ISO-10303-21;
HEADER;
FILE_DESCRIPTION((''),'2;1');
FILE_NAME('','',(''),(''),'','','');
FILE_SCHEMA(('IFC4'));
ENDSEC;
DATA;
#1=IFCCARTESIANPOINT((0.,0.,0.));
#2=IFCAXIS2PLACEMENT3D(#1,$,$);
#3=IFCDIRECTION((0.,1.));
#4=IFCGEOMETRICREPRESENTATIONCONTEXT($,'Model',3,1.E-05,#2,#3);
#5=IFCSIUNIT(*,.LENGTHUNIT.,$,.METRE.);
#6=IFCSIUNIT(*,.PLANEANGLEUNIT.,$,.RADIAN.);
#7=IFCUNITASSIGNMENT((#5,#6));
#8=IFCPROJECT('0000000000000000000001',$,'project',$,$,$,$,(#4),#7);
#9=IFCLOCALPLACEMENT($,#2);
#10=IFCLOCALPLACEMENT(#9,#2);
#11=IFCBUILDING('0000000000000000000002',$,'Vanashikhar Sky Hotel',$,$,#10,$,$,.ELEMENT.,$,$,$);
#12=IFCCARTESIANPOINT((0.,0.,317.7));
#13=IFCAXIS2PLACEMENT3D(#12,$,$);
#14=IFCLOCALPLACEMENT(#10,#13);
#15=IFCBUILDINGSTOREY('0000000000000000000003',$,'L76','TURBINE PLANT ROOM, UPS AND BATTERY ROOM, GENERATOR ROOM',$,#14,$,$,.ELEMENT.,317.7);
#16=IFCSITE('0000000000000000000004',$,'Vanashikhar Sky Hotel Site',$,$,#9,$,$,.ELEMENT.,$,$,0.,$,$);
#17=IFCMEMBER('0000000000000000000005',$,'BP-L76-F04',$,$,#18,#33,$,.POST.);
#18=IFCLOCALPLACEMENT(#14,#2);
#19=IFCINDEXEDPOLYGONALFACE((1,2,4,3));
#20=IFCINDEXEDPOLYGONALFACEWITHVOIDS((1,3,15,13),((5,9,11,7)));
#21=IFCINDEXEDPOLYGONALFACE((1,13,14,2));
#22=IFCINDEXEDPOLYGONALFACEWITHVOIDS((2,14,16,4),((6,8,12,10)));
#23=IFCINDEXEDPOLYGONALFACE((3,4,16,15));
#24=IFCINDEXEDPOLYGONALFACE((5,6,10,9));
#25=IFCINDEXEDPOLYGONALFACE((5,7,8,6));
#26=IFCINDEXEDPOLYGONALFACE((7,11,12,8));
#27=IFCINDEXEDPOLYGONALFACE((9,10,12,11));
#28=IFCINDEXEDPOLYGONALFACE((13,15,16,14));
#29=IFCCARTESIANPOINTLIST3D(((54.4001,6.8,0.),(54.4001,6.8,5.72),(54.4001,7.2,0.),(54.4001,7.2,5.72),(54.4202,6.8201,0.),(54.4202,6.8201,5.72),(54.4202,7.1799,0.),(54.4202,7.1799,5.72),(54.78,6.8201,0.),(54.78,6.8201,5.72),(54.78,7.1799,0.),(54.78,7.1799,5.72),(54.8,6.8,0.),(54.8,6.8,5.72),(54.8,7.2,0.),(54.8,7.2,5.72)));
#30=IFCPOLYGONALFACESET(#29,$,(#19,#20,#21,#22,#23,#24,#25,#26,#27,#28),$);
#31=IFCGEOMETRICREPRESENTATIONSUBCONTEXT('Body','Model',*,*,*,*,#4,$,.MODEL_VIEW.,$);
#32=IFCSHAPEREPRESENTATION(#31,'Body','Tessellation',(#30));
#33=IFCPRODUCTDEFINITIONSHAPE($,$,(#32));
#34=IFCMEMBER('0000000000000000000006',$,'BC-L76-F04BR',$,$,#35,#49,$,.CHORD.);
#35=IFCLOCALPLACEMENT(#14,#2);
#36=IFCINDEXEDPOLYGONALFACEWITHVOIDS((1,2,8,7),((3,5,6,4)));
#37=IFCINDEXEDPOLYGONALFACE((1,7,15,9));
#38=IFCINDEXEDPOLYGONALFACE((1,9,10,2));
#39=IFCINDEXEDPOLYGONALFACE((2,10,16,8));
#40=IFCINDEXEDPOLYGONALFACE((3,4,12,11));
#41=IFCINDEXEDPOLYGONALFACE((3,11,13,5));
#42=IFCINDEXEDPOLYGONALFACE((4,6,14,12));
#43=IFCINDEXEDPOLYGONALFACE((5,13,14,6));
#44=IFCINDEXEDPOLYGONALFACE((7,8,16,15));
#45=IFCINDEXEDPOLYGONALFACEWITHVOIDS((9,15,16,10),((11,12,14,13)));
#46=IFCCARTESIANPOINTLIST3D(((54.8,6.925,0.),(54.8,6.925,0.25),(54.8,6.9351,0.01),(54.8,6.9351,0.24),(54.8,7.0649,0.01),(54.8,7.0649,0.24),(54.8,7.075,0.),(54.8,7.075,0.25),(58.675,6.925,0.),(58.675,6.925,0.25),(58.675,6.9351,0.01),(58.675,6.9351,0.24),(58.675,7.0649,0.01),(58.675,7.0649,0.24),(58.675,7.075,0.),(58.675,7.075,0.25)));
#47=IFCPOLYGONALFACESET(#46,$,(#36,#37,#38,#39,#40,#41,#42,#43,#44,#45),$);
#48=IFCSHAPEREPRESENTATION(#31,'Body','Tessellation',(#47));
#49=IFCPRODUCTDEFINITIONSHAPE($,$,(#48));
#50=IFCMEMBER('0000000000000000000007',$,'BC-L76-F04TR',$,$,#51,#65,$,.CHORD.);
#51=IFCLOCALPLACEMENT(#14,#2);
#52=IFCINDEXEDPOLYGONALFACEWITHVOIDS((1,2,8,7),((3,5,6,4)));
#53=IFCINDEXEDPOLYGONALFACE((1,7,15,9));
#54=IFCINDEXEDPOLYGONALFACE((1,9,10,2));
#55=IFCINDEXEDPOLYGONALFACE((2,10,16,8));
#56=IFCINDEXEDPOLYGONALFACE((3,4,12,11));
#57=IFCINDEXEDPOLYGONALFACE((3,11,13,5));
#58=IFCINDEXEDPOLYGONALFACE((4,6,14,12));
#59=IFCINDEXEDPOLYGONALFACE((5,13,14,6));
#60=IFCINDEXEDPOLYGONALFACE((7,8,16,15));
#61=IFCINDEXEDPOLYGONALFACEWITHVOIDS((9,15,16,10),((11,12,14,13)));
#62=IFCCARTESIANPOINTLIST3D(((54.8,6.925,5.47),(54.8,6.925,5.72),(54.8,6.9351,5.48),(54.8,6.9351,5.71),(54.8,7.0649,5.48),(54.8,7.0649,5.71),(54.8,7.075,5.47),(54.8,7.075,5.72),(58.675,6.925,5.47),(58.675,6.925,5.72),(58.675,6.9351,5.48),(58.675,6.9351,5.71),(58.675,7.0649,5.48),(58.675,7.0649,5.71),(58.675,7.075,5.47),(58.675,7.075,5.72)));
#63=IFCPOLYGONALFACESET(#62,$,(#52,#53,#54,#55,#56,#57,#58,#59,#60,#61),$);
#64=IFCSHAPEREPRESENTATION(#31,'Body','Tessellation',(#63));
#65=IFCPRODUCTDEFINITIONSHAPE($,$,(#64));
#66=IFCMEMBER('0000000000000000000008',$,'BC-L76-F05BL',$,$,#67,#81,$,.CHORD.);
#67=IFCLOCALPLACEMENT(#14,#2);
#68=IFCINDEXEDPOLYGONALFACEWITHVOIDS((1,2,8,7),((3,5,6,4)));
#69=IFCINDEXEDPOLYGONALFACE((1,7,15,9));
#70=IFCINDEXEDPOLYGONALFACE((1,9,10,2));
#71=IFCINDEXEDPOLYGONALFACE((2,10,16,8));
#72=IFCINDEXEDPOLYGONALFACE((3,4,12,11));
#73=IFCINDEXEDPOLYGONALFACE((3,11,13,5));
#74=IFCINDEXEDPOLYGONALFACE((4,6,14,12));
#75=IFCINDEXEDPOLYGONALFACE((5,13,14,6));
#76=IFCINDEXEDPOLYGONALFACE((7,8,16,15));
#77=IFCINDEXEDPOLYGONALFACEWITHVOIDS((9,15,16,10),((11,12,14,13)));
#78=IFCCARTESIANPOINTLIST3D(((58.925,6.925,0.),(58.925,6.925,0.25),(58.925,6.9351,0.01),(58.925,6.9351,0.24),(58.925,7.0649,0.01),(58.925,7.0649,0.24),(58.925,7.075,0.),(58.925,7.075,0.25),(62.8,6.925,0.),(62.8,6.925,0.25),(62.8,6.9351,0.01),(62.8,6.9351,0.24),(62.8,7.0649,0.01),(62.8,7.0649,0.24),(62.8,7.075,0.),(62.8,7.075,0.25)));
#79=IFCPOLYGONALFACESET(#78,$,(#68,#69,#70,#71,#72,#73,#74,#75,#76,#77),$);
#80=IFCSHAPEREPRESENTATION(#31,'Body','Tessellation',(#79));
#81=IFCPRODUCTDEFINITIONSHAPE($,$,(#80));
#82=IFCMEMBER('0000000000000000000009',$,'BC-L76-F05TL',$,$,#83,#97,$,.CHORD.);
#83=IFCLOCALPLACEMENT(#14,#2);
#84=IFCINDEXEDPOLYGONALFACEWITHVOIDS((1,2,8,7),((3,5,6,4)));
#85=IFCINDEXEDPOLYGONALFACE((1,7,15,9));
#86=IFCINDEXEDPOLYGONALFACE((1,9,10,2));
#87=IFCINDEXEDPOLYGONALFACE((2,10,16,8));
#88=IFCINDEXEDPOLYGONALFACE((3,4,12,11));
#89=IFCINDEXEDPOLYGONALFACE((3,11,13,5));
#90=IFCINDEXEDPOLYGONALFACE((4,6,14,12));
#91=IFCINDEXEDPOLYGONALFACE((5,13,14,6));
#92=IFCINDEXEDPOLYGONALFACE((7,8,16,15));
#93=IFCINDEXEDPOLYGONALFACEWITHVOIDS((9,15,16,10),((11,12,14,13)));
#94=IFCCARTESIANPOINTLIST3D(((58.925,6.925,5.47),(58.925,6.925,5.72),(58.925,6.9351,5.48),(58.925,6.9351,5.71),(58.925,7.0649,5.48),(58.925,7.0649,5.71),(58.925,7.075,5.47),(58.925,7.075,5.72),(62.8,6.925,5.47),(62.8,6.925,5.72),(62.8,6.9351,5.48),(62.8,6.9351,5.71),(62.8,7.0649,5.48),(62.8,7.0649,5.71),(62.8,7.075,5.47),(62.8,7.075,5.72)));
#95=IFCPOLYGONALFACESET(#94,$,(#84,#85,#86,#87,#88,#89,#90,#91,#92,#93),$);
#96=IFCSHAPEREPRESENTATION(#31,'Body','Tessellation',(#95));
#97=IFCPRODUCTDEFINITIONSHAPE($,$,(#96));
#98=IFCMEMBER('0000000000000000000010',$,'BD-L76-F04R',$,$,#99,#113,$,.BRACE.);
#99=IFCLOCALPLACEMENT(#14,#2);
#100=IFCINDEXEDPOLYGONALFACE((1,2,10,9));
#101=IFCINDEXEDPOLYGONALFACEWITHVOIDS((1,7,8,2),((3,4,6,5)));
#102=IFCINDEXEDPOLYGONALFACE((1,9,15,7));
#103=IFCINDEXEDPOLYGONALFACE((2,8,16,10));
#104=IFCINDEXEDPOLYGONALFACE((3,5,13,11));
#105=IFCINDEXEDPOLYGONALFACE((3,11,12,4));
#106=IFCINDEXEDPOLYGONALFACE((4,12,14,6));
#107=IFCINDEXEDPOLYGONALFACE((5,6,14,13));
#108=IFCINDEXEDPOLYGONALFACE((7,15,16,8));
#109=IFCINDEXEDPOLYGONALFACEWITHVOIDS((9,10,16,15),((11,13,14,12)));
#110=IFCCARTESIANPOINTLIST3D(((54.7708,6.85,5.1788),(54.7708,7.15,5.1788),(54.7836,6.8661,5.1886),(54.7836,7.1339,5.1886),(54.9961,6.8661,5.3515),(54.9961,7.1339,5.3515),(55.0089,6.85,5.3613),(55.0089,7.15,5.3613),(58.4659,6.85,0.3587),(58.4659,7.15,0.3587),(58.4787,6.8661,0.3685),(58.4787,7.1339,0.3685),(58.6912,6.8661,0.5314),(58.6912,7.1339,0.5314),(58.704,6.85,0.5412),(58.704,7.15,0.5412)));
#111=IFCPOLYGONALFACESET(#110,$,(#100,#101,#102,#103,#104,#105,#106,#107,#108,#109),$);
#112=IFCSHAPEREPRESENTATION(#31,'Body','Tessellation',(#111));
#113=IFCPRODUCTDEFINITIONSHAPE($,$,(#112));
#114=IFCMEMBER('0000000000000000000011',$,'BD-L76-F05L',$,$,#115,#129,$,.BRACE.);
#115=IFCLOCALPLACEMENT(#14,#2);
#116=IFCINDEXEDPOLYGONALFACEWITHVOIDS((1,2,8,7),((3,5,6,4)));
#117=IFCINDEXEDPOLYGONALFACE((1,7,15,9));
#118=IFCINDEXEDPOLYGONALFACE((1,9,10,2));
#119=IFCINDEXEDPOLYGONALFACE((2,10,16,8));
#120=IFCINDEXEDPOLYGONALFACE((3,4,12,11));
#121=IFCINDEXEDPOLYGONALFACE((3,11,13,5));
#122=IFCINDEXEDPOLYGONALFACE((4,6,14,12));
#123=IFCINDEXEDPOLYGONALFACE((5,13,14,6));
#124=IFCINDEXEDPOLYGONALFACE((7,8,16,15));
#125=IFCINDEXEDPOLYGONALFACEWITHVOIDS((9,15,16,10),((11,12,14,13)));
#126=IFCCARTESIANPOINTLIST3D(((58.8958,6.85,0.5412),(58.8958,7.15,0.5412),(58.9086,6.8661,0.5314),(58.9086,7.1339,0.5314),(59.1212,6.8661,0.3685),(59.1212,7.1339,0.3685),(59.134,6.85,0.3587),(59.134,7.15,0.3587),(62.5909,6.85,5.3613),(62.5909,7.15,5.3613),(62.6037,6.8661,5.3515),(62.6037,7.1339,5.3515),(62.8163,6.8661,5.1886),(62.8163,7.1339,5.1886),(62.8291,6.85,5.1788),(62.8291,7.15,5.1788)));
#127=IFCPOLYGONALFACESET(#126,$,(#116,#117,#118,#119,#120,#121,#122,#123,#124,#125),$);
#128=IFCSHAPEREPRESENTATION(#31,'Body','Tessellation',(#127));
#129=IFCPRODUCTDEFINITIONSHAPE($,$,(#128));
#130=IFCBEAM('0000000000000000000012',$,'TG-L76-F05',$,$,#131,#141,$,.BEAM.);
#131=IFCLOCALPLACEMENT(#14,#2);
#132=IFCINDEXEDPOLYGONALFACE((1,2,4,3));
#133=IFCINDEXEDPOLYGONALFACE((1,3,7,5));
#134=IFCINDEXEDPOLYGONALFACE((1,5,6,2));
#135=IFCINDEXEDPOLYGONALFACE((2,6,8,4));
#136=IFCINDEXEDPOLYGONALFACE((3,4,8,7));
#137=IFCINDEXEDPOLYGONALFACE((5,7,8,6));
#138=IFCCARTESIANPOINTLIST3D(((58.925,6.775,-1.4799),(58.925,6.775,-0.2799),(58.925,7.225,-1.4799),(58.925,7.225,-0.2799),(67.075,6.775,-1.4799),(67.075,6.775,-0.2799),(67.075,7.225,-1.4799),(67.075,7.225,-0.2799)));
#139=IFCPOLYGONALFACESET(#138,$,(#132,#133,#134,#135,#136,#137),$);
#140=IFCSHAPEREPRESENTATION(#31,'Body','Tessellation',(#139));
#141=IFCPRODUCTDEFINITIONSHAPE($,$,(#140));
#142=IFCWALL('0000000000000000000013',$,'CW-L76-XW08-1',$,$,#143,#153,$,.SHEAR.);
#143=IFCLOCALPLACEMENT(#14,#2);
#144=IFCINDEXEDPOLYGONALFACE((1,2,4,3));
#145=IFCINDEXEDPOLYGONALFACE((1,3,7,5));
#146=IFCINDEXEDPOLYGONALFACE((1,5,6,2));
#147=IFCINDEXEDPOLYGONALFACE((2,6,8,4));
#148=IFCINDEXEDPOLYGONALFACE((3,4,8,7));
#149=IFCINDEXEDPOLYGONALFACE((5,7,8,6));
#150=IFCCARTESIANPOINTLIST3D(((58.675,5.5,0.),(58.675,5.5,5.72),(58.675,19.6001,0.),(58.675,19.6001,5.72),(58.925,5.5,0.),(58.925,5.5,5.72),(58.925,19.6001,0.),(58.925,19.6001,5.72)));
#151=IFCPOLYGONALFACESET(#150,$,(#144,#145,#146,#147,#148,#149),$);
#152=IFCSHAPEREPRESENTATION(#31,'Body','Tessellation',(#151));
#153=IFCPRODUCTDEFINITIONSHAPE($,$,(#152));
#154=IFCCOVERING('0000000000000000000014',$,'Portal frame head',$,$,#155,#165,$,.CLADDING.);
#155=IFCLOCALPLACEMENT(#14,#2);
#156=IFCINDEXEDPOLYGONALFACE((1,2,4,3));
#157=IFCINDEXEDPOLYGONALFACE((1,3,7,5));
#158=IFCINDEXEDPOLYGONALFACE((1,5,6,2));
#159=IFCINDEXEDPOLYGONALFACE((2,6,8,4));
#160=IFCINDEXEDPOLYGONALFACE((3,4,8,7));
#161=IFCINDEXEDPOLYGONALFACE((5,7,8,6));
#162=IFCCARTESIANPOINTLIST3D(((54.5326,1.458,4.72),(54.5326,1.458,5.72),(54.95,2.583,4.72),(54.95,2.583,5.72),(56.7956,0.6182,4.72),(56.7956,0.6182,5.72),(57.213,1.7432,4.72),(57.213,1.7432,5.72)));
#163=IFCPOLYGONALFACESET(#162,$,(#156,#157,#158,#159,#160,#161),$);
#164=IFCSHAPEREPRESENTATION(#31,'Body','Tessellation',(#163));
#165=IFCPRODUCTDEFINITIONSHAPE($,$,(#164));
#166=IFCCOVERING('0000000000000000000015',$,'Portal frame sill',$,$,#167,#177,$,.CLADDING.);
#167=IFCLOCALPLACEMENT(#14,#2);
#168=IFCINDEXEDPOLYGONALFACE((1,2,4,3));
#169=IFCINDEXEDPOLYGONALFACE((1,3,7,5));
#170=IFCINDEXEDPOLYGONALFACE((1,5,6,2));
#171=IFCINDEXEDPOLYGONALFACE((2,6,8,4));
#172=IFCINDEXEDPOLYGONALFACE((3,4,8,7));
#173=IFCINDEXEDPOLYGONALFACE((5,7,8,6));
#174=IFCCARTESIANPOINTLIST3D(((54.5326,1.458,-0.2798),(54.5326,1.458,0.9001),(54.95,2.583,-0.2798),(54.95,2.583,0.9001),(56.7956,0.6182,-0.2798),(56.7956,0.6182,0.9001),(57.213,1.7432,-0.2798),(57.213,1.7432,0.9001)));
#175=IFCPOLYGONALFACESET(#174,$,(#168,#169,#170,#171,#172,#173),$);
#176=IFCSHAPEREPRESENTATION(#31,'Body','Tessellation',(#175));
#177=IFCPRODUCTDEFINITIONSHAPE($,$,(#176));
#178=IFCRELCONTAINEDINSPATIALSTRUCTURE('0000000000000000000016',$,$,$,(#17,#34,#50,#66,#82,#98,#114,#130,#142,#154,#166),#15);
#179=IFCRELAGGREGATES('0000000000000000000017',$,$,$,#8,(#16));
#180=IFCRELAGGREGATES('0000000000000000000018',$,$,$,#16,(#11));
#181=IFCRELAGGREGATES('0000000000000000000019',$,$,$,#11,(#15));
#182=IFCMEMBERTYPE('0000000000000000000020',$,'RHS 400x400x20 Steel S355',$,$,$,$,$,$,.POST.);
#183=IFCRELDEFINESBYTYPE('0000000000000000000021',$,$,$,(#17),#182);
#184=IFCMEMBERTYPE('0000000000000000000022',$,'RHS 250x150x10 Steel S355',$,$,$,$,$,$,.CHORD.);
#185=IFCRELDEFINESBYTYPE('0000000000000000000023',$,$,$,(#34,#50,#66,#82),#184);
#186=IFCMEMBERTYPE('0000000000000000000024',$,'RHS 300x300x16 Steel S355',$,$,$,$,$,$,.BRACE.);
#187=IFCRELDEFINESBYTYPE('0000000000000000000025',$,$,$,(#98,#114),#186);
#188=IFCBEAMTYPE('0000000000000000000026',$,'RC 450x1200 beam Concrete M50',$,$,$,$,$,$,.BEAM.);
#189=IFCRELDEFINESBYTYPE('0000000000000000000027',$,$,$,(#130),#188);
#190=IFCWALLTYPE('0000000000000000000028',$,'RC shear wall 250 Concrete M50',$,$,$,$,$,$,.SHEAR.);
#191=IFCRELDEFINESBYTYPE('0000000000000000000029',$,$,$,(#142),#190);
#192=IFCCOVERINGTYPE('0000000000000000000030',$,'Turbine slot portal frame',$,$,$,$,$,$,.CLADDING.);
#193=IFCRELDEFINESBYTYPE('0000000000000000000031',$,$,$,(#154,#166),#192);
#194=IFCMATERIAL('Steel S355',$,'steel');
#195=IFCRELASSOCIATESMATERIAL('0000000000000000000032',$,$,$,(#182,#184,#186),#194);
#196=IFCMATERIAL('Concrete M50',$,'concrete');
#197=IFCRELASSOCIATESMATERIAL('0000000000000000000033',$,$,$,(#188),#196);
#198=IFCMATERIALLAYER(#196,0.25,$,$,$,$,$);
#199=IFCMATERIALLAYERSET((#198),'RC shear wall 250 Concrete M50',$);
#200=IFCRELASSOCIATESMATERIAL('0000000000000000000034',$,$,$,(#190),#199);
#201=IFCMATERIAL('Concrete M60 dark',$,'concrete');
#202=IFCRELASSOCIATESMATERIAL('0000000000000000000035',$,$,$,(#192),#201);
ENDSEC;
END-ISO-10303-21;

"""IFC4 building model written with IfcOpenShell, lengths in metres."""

from ifc_helpers import new_model, si_unit, direction, frame, frame_2d, origin, origin_2d, place, context, subcontext, project, spatial, rectangle, hollow_rectangle, extrude, source, transform, mapped, material, layer, layer_set, material_profile, profile_set, type_object, element, save


model = new_model("IFC4")

# Units and contexts
model_context = context("Model", 3, precision=1e-05, world=origin(), true_north=direction((0.0, 1.0)))
body_context = subcontext(model_context, "Body", "Model", "MODEL_VIEW")
ifc_project = project(units=[si_unit("LENGTHUNIT", "METRE"), si_unit("PLANEANGLEUNIT", "RADIAN")], contexts=[model_context])

# Site, building, storey
site_placement = place(None, origin())
site = spatial("IfcSite", under=ifc_project, at=site_placement, Name="Vanashikhar Sky Hotel Site", CompositionType="ELEMENT", RefElevation=0.0)
building_placement = place(site_placement, origin())
building = spatial("IfcBuilding", under=site, at=building_placement, Name="Vanashikhar Sky Hotel", CompositionType="ELEMENT")
storey_placement = place(building_placement, frame((0.0, 0.0, 317.7)))
storey = spatial("IfcBuildingStorey", under=building, at=storey_placement, Name="L76", Description="TURBINE PLANT ROOM, UPS AND BATTERY ROOM, GENERATOR ROOM", CompositionType="ELEMENT", Elevation=317.7)

# Members
ifc_material_1 = material(Name="Steel S355", Category="steel")
ifc_material_profile_1 = material_profile(ifc_material_1, hollow_rectangle(XDim=0.3999, YDim=0.3999, WallThickness=0.02, at=origin_2d()))
ifc_profile_set_1 = profile_set([ifc_material_profile_1], Name="RHS 400x400x20 Steel S355")
member_type_1 = type_object("IfcMemberType", Name="RHS 400x400x20 Steel S355", PredefinedType="POST", material=ifc_profile_set_1)
shared_shape_1 = source(origin(), body_context, "Body", "SweptSolid", [
    extrude(hollow_rectangle(XDim=0.3999, YDim=0.3999, WallThickness=0.02, at=origin_2d()), origin(), (0.0, 0.0, 1.0), 5.72),
])
member_placement = place(storey_placement, frame((54.6001, 7.0, 0.0), z_axis=(0.0, 0.0, 1.0), x_axis=(1.0, 0.0, 0.0)))
element("IfcMember", 1, at=member_placement, inside=storey, type_object=member_type_1, Name="BP-L76-F04", PredefinedType="POST", context=body_context, shape_type="MappedRepresentation", body=[
    mapped(shared_shape_1, transform((0.0, 0.0, 0.0), scale=1.0)),
])
ifc_material_profile_2 = material_profile(ifc_material_1, hollow_rectangle(XDim=0.1499, YDim=0.25, WallThickness=0.01, at=origin_2d()))
ifc_profile_set_2 = profile_set([ifc_material_profile_2], Name="RHS 250x150x10 Steel S355")
member_type_2 = type_object("IfcMemberType", Name="RHS 250x150x10 Steel S355", PredefinedType="CHORD", material=ifc_profile_set_2)
shared_shape_2 = source(origin(), body_context, "Body", "SweptSolid", [
    extrude(hollow_rectangle(XDim=0.1499, YDim=0.25, WallThickness=0.01, at=origin_2d()), origin(), (0.0, 0.0, 1.0), 3.875),
])
for number, where, z_axis, x_axis, name in (
    (2, (54.8, 7.0, 0.125), (1.0, 0.0, 0.0), (0.0, 1.0, 0.0), "BC-L76-F04BR"),
    (3, (54.8, 7.0, 5.595), (1.0, 0.0, 0.0), (0.0, 1.0, 0.0), "BC-L76-F04TR"),
    (4, (58.925, 7.0, 0.125), (1.0, 0.0, 0.0), (0.0, 1.0, 0.0), "BC-L76-F05BL"),
    (5, (58.925, 7.0, 5.595), (1.0, 0.0, 0.0), (0.0, 1.0, 0.0), "BC-L76-F05TL"),
):
    element("IfcMember", number, at=place(storey_placement, frame(where, z_axis=z_axis, x_axis=x_axis)), inside=storey, type_object=member_type_2, Name=name, PredefinedType="CHORD", context=body_context, shape_type="MappedRepresentation", body=[
        mapped(shared_shape_2, transform((0.0, 0.0, 0.0), scale=1.0)),
    ])
ifc_material_profile_3 = material_profile(ifc_material_1, hollow_rectangle(XDim=0.3, YDim=0.3, WallThickness=0.0161, at=origin_2d()))
ifc_profile_set_3 = profile_set([ifc_material_profile_3], Name="RHS 300x300x16 Steel S355")
member_type_3 = type_object("IfcMemberType", Name="RHS 300x300x16 Steel S355", PredefinedType="BRACE", material=ifc_profile_set_3)
shared_shape_3 = source(origin(), body_context, "Body", "SweptSolid", [
    extrude(hollow_rectangle(XDim=0.3, YDim=0.3, WallThickness=0.0161, at=origin_2d()), origin(), (0.0, 0.0, 1.0), 6.0735),
])
for number, where, z_axis, x_axis, name in (
    (6, (58.585, 7.0, 0.45), (-0.608399, 0.0, 0.793632), (0.0, -1.0, 0.0), "BD-L76-F04R"),
    (7, (59.0149, 7.0, 0.45), (0.608399, 0.0, 0.793632), (0.0, 1.0, 0.0), "BD-L76-F05L"),
):
    element("IfcMember", number, at=place(storey_placement, frame(where, z_axis=z_axis, x_axis=x_axis)), inside=storey, type_object=member_type_3, Name=name, PredefinedType="BRACE", context=body_context, shape_type="MappedRepresentation", body=[
        mapped(shared_shape_3, transform((0.0, 0.0, 0.0), scale=1.0)),
    ])

# Beam
ifc_material_2 = material(Name="Concrete M50", Category="concrete")
ifc_material_profile_4 = material_profile(ifc_material_2, rectangle(XDim=0.45, YDim=1.2, at=origin_2d()))
ifc_profile_set_4 = profile_set([ifc_material_profile_4], Name="RC 450x1200 beam Concrete M50")
beam_type = type_object("IfcBeamType", Name="RC 450x1200 beam Concrete M50", PredefinedType="BEAM", material=ifc_profile_set_4)
shared_shape_4 = source(origin(), body_context, "Body", "SweptSolid", [
    extrude(rectangle(XDim=0.45, YDim=1.2, at=origin_2d()), origin(), (0.0, 0.0, 1.0), 8.1499),
])
beam_placement = place(storey_placement, frame((58.925, 7.0, -0.8799), z_axis=(1.0, 0.0, 0.0), x_axis=(0.0, 1.0, 0.0)))
element("IfcBeam", 8, at=beam_placement, inside=storey, type_object=beam_type, Name="TG-L76-F05", PredefinedType="BEAM", context=body_context, shape_type="MappedRepresentation", body=[
    mapped(shared_shape_4, transform((0.0, 0.0, 0.0), scale=1.0)),
])

# Wall
ifc_layer_1 = layer(ifc_material_2, 0.25)
ifc_layer_set_1 = layer_set([ifc_layer_1], Name="RC shear wall 250 Concrete M50")
wall_type = type_object("IfcWallType", Name="RC shear wall 250 Concrete M50", PredefinedType="SHEAR", material=ifc_layer_set_1)
shared_shape_5 = source(origin(), body_context, "Body", "SweptSolid", [
    extrude(rectangle(XDim=14.1001, YDim=0.25, at=frame_2d((7.05, 0.0))), origin(), (0.0, 0.0, 1.0), 5.72),
])
wall_placement = place(storey_placement, frame((58.8, 5.5, 0.0), z_axis=(0.0, 0.0, 1.0), x_axis=(0.0, 1.0, 0.0)))
element("IfcWall", 9, at=wall_placement, inside=storey, type_object=wall_type, Name="CW-L76-XW08-1", PredefinedType="SHEAR", context=body_context, shape_type="MappedRepresentation", body=[
    mapped(shared_shape_5, transform((0.0, 0.0, 0.0), scale=1.0)),
])

# Coverings
ifc_material_3 = material(Name="Concrete M60 dark", Category="concrete")
covering_type_1 = type_object("IfcCoveringType", Name="Turbine slot portal frame", PredefinedType="CLADDING", material=ifc_material_3)
shared_shape_6 = source(origin(), body_context, "Body", "SweptSolid", [
    extrude(rectangle(XDim=2.4138, YDim=1.2, at=origin_2d()), origin(), (0.0, 0.0, 1.0), 1.0),
])
covering_1_placement = place(storey_placement, frame((55.8728, 1.6006, 4.72), z_axis=(0.0, 0.0, 1.0), x_axis=(0.937531, -0.347901, 0.0)))
element("IfcCovering", 10, at=covering_1_placement, inside=storey, type_object=covering_type_1, Name="Portal frame head", PredefinedType="CLADDING", context=body_context, shape_type="MappedRepresentation", body=[
    mapped(shared_shape_6, transform((0.0, 0.0, 0.0), scale=1.0)),
])
shared_shape_7 = source(origin(), body_context, "Body", "SweptSolid", [
    extrude(rectangle(XDim=2.4138, YDim=1.2, at=origin_2d()), origin(), (0.0, 0.0, 1.0), 1.1799),
])
covering_2_placement = place(storey_placement, frame((55.8728, 1.6006, -0.2798), z_axis=(0.0, 0.0, 1.0), x_axis=(0.937531, -0.347901, 0.0)))
element("IfcCovering", 11, at=covering_2_placement, inside=storey, type_object=covering_type_1, Name="Portal frame sill", PredefinedType="CLADDING", context=body_context, shape_type="MappedRepresentation", body=[
    mapped(shared_shape_7, transform((0.0, 0.0, 0.0), scale=1.0)),
])

save(model, "model.ifc")
